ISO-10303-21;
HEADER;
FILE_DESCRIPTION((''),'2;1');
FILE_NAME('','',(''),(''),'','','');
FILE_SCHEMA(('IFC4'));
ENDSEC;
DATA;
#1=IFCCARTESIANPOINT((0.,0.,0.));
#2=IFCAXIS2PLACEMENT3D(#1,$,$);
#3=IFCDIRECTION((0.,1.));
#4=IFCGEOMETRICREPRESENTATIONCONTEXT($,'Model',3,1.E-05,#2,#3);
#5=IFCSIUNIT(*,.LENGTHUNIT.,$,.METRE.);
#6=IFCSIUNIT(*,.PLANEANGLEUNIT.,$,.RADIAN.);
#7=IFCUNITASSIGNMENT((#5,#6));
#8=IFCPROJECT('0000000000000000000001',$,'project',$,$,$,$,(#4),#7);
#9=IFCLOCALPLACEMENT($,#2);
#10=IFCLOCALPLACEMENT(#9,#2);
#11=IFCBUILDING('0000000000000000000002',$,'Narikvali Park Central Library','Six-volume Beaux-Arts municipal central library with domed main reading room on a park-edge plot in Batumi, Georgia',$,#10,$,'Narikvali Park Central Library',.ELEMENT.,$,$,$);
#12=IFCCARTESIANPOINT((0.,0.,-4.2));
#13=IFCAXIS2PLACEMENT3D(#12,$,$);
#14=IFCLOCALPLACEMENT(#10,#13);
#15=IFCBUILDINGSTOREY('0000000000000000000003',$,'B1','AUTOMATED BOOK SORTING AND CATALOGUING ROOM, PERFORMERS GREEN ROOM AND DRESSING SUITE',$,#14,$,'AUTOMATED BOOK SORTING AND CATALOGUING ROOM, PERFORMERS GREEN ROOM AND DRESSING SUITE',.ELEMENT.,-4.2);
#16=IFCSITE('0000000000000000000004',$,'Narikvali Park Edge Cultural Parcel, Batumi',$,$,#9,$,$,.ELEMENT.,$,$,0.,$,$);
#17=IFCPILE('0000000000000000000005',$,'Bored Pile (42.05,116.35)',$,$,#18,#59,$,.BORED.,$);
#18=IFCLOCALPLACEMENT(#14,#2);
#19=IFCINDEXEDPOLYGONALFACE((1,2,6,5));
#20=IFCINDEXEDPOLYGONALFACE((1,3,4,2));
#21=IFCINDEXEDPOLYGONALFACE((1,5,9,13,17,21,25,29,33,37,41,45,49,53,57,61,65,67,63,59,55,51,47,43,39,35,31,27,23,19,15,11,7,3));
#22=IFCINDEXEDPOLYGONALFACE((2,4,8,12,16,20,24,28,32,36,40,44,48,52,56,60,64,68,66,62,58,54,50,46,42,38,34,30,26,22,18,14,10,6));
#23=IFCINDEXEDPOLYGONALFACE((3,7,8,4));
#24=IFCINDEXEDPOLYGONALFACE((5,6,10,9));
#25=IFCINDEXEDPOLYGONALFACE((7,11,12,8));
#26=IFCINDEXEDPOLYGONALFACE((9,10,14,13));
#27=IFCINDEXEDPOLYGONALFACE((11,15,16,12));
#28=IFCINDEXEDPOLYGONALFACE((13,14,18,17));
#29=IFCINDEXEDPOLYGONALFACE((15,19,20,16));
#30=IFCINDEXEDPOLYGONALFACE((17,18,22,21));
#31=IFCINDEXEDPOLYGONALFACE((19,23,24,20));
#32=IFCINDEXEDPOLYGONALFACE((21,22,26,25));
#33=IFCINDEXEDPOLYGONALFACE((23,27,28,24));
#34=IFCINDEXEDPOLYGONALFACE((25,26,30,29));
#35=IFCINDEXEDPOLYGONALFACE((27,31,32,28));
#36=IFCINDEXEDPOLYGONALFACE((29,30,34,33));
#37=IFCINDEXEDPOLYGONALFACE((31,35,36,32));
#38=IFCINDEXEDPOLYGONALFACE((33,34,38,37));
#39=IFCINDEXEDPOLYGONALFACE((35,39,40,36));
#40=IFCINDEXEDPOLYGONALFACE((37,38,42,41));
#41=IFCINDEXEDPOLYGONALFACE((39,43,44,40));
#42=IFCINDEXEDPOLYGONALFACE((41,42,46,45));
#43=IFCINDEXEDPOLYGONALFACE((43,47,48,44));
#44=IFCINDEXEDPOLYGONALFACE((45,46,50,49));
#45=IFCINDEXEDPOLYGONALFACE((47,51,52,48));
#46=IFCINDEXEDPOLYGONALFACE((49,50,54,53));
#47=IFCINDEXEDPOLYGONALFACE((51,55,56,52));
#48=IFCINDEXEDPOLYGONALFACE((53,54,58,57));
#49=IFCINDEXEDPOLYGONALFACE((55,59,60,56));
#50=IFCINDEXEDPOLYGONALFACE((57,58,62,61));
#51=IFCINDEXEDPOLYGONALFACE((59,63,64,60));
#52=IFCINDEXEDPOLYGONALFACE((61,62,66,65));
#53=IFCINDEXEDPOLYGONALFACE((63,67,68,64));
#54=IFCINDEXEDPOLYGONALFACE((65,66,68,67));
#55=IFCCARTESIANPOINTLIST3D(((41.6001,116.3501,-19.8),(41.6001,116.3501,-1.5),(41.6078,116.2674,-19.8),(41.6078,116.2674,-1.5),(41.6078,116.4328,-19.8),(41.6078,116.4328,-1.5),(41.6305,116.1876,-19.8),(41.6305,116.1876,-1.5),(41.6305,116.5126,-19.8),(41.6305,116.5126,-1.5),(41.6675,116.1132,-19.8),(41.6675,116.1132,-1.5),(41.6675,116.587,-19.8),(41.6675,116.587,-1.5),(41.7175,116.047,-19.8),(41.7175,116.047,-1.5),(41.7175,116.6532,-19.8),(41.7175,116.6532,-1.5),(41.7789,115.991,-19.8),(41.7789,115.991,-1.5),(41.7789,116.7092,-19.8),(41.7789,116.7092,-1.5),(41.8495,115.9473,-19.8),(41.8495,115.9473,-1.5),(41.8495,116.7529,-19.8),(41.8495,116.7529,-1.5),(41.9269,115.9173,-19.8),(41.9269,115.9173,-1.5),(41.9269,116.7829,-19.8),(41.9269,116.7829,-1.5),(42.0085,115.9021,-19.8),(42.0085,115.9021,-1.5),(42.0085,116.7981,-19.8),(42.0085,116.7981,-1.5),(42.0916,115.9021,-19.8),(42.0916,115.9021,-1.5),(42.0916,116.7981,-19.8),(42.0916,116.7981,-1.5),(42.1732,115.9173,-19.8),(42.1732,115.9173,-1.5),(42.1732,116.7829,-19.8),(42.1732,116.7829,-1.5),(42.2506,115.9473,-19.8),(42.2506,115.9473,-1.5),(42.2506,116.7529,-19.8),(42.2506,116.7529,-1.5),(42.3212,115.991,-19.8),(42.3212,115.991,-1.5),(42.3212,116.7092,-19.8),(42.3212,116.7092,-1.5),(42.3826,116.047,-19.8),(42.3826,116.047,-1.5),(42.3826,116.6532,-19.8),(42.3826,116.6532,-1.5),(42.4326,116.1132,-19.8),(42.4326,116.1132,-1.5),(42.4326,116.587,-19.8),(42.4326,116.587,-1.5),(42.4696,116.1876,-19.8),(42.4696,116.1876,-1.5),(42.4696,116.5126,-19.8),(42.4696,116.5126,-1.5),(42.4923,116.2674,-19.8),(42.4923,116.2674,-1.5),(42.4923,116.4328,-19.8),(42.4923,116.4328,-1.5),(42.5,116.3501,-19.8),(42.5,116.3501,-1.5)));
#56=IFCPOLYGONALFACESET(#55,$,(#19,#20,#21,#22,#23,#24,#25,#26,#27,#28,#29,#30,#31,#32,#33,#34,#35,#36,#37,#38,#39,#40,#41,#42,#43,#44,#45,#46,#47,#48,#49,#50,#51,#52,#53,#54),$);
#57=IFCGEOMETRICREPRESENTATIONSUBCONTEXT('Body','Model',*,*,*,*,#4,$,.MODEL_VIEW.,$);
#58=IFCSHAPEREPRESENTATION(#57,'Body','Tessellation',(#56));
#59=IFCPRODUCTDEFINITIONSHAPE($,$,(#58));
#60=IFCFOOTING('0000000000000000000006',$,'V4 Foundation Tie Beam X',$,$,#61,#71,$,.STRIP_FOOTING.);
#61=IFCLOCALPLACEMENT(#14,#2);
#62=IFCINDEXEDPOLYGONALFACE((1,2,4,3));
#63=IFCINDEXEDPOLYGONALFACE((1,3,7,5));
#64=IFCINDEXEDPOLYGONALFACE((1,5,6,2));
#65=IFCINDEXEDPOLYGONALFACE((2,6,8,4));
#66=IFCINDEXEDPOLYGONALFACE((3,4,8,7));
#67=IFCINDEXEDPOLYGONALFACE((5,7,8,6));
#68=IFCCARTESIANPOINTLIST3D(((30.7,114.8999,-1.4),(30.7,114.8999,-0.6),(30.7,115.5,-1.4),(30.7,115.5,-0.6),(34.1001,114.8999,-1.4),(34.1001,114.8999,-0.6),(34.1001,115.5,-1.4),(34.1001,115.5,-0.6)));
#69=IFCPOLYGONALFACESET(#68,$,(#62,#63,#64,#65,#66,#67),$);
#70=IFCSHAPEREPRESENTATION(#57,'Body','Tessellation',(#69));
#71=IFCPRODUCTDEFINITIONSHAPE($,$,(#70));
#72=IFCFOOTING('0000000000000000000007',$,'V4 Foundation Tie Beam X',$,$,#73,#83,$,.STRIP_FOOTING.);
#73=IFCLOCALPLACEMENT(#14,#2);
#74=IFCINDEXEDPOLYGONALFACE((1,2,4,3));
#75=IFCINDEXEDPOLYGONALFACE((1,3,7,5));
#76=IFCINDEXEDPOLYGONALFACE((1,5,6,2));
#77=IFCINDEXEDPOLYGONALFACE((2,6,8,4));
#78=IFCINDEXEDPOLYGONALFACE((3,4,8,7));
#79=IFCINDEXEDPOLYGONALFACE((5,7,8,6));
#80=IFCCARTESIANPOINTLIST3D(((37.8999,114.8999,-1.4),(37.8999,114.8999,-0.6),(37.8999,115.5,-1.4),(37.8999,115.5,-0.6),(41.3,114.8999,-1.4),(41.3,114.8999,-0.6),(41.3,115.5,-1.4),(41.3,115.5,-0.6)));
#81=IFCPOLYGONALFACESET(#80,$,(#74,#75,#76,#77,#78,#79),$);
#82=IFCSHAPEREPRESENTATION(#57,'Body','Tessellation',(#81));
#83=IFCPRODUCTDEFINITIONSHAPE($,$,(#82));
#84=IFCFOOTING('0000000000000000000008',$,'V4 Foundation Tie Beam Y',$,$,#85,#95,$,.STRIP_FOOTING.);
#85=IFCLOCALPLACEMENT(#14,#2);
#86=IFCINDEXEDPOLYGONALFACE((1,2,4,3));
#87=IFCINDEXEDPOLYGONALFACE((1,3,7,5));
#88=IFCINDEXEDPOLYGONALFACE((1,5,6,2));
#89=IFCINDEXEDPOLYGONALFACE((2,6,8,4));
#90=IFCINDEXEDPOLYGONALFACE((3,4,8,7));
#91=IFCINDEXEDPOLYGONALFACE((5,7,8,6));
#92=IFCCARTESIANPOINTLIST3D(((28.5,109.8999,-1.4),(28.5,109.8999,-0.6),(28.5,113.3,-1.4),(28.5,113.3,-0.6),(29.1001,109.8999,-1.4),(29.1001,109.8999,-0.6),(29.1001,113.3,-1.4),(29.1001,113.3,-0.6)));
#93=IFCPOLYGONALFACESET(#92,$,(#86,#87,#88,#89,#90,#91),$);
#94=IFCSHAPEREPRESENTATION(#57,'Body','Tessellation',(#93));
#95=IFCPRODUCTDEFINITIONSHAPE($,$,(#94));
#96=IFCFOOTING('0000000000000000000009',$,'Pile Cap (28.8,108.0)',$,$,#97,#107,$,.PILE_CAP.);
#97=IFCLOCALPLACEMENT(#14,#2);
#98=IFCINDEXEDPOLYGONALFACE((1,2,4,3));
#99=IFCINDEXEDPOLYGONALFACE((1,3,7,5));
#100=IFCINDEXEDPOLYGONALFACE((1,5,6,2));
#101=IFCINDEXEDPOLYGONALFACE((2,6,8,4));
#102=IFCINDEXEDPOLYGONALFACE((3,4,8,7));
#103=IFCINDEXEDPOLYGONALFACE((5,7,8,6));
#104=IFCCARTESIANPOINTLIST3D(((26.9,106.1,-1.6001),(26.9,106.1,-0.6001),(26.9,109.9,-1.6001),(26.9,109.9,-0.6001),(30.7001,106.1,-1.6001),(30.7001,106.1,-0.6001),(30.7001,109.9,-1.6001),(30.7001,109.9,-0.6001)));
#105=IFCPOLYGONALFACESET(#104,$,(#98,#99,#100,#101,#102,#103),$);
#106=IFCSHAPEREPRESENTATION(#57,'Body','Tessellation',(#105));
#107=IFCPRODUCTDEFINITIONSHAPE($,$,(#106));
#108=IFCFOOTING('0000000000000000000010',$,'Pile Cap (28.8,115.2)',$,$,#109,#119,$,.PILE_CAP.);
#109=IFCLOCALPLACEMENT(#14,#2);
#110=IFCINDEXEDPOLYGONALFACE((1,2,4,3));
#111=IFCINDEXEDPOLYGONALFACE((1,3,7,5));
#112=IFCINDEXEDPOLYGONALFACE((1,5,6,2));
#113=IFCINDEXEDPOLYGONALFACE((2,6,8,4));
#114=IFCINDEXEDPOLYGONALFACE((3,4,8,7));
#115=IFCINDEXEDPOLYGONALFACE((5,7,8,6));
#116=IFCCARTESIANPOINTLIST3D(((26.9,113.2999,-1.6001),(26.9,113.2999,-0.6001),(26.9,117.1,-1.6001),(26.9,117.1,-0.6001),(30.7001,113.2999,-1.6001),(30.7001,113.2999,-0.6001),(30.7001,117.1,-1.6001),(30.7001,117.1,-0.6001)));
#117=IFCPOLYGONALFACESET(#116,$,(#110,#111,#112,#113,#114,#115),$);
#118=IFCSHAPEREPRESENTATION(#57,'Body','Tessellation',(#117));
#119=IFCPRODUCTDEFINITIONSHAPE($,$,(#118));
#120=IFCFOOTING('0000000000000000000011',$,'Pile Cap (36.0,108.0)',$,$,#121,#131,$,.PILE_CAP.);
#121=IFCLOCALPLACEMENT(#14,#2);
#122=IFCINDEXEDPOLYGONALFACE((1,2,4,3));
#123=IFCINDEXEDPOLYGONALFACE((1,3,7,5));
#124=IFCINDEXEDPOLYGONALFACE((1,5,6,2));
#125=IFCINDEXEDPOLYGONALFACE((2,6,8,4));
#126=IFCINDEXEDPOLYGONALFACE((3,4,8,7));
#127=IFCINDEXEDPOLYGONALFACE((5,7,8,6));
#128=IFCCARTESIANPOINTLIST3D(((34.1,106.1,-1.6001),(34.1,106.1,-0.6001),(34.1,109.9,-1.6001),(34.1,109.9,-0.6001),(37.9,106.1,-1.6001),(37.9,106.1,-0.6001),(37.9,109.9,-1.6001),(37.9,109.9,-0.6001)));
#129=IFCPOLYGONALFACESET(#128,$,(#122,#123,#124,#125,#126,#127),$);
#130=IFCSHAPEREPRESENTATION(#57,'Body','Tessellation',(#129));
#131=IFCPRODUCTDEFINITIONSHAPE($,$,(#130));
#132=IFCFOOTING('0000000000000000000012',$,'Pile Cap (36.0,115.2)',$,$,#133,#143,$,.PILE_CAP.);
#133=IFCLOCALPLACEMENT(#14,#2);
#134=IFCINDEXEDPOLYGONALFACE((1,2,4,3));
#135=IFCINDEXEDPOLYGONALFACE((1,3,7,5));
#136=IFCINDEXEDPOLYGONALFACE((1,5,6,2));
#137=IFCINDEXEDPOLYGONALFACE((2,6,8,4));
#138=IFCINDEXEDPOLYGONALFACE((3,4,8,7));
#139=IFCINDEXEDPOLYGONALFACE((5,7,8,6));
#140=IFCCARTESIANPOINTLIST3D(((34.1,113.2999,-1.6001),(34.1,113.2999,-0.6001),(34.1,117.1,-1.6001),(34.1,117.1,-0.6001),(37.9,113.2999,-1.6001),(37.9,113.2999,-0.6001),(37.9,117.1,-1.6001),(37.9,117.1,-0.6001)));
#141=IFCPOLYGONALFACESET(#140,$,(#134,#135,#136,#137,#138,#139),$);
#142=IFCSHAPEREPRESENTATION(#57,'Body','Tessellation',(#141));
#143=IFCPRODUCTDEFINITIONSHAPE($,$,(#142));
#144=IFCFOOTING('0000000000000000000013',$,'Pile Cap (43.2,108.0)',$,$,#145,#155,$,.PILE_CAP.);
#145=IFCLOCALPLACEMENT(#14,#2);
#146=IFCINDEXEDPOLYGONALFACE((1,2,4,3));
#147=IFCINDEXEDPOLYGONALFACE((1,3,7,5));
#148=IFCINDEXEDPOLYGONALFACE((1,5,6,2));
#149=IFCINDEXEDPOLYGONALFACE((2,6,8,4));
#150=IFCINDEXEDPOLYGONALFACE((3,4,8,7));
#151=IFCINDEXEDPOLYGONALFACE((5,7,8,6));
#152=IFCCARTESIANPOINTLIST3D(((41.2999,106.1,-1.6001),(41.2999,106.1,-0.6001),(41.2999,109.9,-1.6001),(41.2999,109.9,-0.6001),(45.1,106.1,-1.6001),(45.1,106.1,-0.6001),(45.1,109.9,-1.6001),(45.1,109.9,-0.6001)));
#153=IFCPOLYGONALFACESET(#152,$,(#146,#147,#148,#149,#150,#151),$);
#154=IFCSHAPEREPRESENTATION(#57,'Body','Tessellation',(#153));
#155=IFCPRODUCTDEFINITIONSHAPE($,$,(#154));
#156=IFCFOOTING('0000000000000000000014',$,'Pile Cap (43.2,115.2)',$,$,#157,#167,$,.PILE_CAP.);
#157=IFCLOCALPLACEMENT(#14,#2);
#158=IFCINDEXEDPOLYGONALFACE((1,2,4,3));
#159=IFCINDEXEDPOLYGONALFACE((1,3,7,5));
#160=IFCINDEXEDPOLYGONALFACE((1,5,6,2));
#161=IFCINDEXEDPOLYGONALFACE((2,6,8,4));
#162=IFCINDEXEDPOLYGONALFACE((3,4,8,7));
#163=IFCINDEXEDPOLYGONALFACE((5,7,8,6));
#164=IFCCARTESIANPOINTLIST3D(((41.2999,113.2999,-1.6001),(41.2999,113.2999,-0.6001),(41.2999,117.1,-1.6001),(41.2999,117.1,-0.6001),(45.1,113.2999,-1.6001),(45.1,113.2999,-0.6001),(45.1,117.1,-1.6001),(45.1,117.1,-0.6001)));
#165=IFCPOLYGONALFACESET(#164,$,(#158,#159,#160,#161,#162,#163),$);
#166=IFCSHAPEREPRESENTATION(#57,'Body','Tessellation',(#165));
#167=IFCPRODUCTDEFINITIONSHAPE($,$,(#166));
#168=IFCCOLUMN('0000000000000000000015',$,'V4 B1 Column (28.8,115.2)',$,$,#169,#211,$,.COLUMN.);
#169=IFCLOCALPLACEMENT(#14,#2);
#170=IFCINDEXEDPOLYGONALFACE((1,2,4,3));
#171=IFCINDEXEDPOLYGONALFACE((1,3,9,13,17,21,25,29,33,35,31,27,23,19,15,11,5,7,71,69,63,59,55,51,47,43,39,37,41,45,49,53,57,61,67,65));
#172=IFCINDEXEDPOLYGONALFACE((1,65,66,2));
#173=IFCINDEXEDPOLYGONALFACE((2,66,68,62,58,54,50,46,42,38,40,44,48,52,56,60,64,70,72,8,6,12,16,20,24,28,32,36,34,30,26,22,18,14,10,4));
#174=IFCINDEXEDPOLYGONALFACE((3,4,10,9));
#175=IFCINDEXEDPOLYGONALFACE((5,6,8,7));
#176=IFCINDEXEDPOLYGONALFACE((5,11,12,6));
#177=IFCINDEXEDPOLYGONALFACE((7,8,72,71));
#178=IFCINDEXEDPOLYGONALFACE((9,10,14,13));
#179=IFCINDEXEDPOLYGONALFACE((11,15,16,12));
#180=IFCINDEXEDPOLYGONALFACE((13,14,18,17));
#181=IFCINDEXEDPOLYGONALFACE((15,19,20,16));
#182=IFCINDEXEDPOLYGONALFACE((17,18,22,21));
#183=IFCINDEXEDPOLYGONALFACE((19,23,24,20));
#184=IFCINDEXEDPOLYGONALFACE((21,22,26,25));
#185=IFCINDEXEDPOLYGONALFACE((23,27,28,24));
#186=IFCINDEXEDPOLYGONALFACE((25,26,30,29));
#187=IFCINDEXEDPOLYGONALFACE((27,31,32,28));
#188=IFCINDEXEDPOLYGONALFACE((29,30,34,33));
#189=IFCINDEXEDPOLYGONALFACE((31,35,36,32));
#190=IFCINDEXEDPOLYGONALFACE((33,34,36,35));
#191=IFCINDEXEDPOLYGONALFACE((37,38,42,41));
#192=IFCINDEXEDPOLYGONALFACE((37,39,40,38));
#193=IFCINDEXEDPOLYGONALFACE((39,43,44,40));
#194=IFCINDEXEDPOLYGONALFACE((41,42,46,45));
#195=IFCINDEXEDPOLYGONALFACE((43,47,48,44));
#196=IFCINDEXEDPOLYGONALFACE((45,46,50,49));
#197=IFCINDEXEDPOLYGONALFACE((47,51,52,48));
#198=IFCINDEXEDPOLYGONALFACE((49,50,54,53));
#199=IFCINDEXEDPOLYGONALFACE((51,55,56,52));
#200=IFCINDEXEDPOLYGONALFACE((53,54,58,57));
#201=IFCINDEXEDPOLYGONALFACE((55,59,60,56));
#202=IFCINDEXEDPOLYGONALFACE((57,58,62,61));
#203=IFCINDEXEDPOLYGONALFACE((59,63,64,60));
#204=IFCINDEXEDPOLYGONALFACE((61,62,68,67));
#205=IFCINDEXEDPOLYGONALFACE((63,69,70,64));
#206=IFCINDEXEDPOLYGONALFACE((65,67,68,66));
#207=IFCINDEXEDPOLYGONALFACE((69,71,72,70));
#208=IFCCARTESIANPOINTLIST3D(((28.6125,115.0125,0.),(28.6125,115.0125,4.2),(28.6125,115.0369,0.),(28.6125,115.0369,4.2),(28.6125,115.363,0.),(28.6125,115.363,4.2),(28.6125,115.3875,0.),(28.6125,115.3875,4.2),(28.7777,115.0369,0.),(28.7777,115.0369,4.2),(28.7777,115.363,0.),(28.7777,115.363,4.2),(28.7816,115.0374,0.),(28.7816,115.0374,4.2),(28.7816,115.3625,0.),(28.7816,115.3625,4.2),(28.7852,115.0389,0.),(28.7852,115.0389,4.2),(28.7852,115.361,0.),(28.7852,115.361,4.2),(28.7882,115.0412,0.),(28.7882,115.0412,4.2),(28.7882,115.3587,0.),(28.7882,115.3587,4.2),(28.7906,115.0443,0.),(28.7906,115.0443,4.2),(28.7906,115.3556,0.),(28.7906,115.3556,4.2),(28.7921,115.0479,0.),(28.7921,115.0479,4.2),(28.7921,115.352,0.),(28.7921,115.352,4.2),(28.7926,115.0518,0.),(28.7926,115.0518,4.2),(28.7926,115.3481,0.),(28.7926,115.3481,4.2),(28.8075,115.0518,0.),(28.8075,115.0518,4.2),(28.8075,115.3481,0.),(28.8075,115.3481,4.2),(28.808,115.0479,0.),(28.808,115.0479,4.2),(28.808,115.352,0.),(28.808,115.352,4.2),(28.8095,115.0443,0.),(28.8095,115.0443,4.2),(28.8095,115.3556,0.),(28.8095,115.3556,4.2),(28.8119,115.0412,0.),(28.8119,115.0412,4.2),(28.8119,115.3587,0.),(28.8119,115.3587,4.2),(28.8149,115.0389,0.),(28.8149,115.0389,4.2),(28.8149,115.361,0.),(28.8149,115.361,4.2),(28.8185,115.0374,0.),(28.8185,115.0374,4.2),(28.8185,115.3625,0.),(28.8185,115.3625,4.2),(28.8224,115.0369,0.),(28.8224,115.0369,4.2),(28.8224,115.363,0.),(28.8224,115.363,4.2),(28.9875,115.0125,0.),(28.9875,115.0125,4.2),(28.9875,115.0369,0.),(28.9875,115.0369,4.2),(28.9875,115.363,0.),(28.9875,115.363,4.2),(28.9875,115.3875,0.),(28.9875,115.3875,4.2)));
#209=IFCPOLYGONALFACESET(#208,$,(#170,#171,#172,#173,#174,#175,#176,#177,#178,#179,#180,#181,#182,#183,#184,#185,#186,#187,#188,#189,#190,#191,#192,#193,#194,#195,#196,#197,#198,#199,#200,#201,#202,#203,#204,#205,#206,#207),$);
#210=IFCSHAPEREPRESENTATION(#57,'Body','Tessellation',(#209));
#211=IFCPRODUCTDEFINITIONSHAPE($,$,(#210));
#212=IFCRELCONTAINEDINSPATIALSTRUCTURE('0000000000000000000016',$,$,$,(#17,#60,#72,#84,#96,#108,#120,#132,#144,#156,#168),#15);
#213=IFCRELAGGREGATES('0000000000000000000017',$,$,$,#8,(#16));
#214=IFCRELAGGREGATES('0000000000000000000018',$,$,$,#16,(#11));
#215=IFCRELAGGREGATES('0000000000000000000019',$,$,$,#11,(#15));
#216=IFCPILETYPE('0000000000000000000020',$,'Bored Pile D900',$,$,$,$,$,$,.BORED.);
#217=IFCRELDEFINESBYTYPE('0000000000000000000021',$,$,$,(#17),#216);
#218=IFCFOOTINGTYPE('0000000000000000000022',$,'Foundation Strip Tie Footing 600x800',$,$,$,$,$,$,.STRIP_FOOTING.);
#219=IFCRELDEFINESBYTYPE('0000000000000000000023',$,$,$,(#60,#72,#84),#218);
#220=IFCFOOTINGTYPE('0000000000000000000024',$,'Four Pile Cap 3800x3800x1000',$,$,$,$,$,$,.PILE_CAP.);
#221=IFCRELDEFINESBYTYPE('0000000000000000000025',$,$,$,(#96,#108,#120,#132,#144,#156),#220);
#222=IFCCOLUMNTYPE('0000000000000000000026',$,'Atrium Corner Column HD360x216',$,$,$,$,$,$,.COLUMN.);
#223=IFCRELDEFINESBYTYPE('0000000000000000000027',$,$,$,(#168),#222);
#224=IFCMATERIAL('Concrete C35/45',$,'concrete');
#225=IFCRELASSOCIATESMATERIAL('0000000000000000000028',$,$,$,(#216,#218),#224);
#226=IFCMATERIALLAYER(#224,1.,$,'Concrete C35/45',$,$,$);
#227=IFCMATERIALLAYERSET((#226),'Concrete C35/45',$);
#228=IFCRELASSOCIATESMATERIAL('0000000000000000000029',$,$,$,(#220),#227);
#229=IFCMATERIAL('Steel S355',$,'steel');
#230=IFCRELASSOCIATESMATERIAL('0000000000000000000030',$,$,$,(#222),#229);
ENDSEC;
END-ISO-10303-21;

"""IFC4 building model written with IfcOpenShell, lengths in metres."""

from ifc_helpers import new_model, si_unit, direction, frame, origin, origin_2d, place, context, subcontext, project, spatial, rectangle, circle, i_section, extrude, material, layer, layer_set, material_profile, profile_set, type_object, element, save


model = new_model("IFC4")

# Units and contexts
model_context = context("Model", 3, precision=1e-05, world=origin(), true_north=direction((0.0, 1.0)))
body_context = subcontext(model_context, "Body", "Model", "MODEL_VIEW")
ifc_project = project(units=[si_unit("LENGTHUNIT", "METRE"), si_unit("PLANEANGLEUNIT", "RADIAN")], contexts=[model_context])

# Site, building, storey
site_placement = place(None, origin())
site = spatial("IfcSite", under=ifc_project, at=site_placement, Name="Narikvali Park Edge Cultural Parcel, Batumi", CompositionType="ELEMENT", RefElevation=0.0)
building_placement = place(site_placement, origin())
building = spatial("IfcBuilding", under=site, at=building_placement, Name="Narikvali Park Central Library", Description="Six-volume Beaux-Arts municipal central library with domed main reading room on a park-edge plot in Batumi, Georgia", LongName="Narikvali Park Central Library", CompositionType="ELEMENT")
storey_placement = place(building_placement, frame((0.0, 0.0, -4.2)))
storey = spatial("IfcBuildingStorey", under=building, at=storey_placement, Name="B1", Description="AUTOMATED BOOK SORTING AND CATALOGUING ROOM, PERFORMERS GREEN ROOM AND DRESSING SUITE", LongName="AUTOMATED BOOK SORTING AND CATALOGUING ROOM, PERFORMERS GREEN ROOM AND DRESSING SUITE", CompositionType="ELEMENT", Elevation=-4.2)

# Pile
ifc_material_1 = material(Name="Concrete C35/45", Category="concrete")
ifc_material_profile_1 = material_profile(ifc_material_1, circle(Radius=0.45, at=origin_2d()), Name="PILE D900")
ifc_profile_set_1 = profile_set([ifc_material_profile_1], Name="Concrete C35/45")
pile_type = type_object("IfcPileType", Name="Bored Pile D900", PredefinedType="BORED", material=ifc_profile_set_1)
for number, where, z_axis, x_axis, name in (
    (1, (42.05, 116.3501, -1.5), (0.0, 0.0, -1.0), (1.0, 0.0, 0.0), "Bored Pile (42.05,116.35)"),
):
    element("IfcPile", number, at=place(storey_placement, frame(where, z_axis=z_axis, x_axis=x_axis)), inside=storey, type_object=pile_type, Name=name, PredefinedType="BORED", context=body_context, shape_type="SweptSolid", body=[
        extrude(circle(Radius=0.45, at=origin_2d()), origin(), (0.0, 0.0, 1.0), 18.3),
    ])

# Footings
ifc_material_profile_2 = material_profile(ifc_material_1, rectangle(XDim=0.6001, YDim=0.8, at=origin_2d()), Name="RC GB 600x800")
ifc_profile_set_2 = profile_set([ifc_material_profile_2], Name="Concrete C35/45")
footing_type_1 = type_object("IfcFootingType", Name="Foundation Strip Tie Footing 600x800", PredefinedType="STRIP_FOOTING", material=ifc_profile_set_2)
for number, where, z_axis, x_axis, name in (
    (2, (30.7, 115.2, -1.0), (1.0, 0.0, 0.0), (0.0, 1.0, 0.0), "V4 Foundation Tie Beam X"),
    (3, (37.8999, 115.2, -1.0), (1.0, 0.0, 0.0), (0.0, 1.0, 0.0), "V4 Foundation Tie Beam X"),
    (4, (28.8, 109.8999, -1.0), (0.0, 1.0, 0.0), (-1.0, 0.0, 0.0), "V4 Foundation Tie Beam Y"),
):
    element("IfcFooting", number, at=place(storey_placement, frame(where, z_axis=z_axis, x_axis=x_axis)), inside=storey, type_object=footing_type_1, Name=name, PredefinedType="STRIP_FOOTING", context=body_context, shape_type="SweptSolid", body=[
        extrude(rectangle(XDim=0.6001, YDim=0.8, at=origin_2d()), origin(), (0.0, 0.0, 1.0), 3.4001),
    ])
ifc_layer_1 = layer(ifc_material_1, 1.0, Name="Concrete C35/45")
ifc_layer_set_1 = layer_set([ifc_layer_1], Name="Concrete C35/45")
footing_type_2 = type_object("IfcFootingType", Name="Four Pile Cap 3800x3800x1000", PredefinedType="PILE_CAP", material=ifc_layer_set_1)
for number, where, z_axis, x_axis, name in (
    (5, (28.8, 108.0, -1.6001), (0.0, 0.0, 1.0), (1.0, 0.0, 0.0), "Pile Cap (28.8,108.0)"),
    (6, (28.8, 115.2, -1.6001), (0.0, 0.0, 1.0), (1.0, 0.0, 0.0), "Pile Cap (28.8,115.2)"),
    (7, (36.0, 108.0, -1.6001), (0.0, 0.0, 1.0), (1.0, 0.0, 0.0), "Pile Cap (36.0,108.0)"),
    (8, (36.0, 115.2, -1.6001), (0.0, 0.0, 1.0), (1.0, 0.0, 0.0), "Pile Cap (36.0,115.2)"),
    (9, (43.2, 108.0, -1.6001), (0.0, 0.0, 1.0), (1.0, 0.0, 0.0), "Pile Cap (43.2,108.0)"),
    (10, (43.2, 115.2, -1.6001), (0.0, 0.0, 1.0), (1.0, 0.0, 0.0), "Pile Cap (43.2,115.2)"),
):
    element("IfcFooting", number, at=place(storey_placement, frame(where, z_axis=z_axis, x_axis=x_axis)), inside=storey, type_object=footing_type_2, Name=name, PredefinedType="PILE_CAP", context=body_context, shape_type="SweptSolid", body=[
        extrude(rectangle(XDim=3.8, YDim=3.8, at=origin_2d()), origin(), (0.0, 0.0, 1.0), 1.0),
    ])

# Column
ifc_material_2 = material(Name="Steel S355", Category="steel")
ifc_material_profile_3 = material_profile(ifc_material_2, i_section(OverallWidth=0.375, OverallDepth=0.375, WebThickness=0.0149, FlangeThickness=0.0244, FilletRadius=0.0149, at=origin_2d()), Name="HD 360x216")
ifc_profile_set_3 = profile_set([ifc_material_profile_3], Name="Steel S355")
column_type_1 = type_object("IfcColumnType", Name="Atrium Corner Column HD360x216", PredefinedType="COLUMN", material=ifc_profile_set_3)
column_placement = place(storey_placement, frame((28.8, 115.2, 0.0), z_axis=(0.0, 0.0, 1.0), x_axis=(1.0, 0.0, 0.0)))
element("IfcColumn", 11, at=column_placement, inside=storey, type_object=column_type_1, Name="V4 B1 Column (28.8,115.2)", PredefinedType="COLUMN", context=body_context, shape_type="SweptSolid", body=[
    extrude(i_section(OverallWidth=0.375, OverallDepth=0.375, WebThickness=0.0149, FlangeThickness=0.0244, FilletRadius=0.0149, at=origin_2d()), origin(), (0.0, 0.0, 1.0), 4.2),
])

save(model, "model.ifc")
